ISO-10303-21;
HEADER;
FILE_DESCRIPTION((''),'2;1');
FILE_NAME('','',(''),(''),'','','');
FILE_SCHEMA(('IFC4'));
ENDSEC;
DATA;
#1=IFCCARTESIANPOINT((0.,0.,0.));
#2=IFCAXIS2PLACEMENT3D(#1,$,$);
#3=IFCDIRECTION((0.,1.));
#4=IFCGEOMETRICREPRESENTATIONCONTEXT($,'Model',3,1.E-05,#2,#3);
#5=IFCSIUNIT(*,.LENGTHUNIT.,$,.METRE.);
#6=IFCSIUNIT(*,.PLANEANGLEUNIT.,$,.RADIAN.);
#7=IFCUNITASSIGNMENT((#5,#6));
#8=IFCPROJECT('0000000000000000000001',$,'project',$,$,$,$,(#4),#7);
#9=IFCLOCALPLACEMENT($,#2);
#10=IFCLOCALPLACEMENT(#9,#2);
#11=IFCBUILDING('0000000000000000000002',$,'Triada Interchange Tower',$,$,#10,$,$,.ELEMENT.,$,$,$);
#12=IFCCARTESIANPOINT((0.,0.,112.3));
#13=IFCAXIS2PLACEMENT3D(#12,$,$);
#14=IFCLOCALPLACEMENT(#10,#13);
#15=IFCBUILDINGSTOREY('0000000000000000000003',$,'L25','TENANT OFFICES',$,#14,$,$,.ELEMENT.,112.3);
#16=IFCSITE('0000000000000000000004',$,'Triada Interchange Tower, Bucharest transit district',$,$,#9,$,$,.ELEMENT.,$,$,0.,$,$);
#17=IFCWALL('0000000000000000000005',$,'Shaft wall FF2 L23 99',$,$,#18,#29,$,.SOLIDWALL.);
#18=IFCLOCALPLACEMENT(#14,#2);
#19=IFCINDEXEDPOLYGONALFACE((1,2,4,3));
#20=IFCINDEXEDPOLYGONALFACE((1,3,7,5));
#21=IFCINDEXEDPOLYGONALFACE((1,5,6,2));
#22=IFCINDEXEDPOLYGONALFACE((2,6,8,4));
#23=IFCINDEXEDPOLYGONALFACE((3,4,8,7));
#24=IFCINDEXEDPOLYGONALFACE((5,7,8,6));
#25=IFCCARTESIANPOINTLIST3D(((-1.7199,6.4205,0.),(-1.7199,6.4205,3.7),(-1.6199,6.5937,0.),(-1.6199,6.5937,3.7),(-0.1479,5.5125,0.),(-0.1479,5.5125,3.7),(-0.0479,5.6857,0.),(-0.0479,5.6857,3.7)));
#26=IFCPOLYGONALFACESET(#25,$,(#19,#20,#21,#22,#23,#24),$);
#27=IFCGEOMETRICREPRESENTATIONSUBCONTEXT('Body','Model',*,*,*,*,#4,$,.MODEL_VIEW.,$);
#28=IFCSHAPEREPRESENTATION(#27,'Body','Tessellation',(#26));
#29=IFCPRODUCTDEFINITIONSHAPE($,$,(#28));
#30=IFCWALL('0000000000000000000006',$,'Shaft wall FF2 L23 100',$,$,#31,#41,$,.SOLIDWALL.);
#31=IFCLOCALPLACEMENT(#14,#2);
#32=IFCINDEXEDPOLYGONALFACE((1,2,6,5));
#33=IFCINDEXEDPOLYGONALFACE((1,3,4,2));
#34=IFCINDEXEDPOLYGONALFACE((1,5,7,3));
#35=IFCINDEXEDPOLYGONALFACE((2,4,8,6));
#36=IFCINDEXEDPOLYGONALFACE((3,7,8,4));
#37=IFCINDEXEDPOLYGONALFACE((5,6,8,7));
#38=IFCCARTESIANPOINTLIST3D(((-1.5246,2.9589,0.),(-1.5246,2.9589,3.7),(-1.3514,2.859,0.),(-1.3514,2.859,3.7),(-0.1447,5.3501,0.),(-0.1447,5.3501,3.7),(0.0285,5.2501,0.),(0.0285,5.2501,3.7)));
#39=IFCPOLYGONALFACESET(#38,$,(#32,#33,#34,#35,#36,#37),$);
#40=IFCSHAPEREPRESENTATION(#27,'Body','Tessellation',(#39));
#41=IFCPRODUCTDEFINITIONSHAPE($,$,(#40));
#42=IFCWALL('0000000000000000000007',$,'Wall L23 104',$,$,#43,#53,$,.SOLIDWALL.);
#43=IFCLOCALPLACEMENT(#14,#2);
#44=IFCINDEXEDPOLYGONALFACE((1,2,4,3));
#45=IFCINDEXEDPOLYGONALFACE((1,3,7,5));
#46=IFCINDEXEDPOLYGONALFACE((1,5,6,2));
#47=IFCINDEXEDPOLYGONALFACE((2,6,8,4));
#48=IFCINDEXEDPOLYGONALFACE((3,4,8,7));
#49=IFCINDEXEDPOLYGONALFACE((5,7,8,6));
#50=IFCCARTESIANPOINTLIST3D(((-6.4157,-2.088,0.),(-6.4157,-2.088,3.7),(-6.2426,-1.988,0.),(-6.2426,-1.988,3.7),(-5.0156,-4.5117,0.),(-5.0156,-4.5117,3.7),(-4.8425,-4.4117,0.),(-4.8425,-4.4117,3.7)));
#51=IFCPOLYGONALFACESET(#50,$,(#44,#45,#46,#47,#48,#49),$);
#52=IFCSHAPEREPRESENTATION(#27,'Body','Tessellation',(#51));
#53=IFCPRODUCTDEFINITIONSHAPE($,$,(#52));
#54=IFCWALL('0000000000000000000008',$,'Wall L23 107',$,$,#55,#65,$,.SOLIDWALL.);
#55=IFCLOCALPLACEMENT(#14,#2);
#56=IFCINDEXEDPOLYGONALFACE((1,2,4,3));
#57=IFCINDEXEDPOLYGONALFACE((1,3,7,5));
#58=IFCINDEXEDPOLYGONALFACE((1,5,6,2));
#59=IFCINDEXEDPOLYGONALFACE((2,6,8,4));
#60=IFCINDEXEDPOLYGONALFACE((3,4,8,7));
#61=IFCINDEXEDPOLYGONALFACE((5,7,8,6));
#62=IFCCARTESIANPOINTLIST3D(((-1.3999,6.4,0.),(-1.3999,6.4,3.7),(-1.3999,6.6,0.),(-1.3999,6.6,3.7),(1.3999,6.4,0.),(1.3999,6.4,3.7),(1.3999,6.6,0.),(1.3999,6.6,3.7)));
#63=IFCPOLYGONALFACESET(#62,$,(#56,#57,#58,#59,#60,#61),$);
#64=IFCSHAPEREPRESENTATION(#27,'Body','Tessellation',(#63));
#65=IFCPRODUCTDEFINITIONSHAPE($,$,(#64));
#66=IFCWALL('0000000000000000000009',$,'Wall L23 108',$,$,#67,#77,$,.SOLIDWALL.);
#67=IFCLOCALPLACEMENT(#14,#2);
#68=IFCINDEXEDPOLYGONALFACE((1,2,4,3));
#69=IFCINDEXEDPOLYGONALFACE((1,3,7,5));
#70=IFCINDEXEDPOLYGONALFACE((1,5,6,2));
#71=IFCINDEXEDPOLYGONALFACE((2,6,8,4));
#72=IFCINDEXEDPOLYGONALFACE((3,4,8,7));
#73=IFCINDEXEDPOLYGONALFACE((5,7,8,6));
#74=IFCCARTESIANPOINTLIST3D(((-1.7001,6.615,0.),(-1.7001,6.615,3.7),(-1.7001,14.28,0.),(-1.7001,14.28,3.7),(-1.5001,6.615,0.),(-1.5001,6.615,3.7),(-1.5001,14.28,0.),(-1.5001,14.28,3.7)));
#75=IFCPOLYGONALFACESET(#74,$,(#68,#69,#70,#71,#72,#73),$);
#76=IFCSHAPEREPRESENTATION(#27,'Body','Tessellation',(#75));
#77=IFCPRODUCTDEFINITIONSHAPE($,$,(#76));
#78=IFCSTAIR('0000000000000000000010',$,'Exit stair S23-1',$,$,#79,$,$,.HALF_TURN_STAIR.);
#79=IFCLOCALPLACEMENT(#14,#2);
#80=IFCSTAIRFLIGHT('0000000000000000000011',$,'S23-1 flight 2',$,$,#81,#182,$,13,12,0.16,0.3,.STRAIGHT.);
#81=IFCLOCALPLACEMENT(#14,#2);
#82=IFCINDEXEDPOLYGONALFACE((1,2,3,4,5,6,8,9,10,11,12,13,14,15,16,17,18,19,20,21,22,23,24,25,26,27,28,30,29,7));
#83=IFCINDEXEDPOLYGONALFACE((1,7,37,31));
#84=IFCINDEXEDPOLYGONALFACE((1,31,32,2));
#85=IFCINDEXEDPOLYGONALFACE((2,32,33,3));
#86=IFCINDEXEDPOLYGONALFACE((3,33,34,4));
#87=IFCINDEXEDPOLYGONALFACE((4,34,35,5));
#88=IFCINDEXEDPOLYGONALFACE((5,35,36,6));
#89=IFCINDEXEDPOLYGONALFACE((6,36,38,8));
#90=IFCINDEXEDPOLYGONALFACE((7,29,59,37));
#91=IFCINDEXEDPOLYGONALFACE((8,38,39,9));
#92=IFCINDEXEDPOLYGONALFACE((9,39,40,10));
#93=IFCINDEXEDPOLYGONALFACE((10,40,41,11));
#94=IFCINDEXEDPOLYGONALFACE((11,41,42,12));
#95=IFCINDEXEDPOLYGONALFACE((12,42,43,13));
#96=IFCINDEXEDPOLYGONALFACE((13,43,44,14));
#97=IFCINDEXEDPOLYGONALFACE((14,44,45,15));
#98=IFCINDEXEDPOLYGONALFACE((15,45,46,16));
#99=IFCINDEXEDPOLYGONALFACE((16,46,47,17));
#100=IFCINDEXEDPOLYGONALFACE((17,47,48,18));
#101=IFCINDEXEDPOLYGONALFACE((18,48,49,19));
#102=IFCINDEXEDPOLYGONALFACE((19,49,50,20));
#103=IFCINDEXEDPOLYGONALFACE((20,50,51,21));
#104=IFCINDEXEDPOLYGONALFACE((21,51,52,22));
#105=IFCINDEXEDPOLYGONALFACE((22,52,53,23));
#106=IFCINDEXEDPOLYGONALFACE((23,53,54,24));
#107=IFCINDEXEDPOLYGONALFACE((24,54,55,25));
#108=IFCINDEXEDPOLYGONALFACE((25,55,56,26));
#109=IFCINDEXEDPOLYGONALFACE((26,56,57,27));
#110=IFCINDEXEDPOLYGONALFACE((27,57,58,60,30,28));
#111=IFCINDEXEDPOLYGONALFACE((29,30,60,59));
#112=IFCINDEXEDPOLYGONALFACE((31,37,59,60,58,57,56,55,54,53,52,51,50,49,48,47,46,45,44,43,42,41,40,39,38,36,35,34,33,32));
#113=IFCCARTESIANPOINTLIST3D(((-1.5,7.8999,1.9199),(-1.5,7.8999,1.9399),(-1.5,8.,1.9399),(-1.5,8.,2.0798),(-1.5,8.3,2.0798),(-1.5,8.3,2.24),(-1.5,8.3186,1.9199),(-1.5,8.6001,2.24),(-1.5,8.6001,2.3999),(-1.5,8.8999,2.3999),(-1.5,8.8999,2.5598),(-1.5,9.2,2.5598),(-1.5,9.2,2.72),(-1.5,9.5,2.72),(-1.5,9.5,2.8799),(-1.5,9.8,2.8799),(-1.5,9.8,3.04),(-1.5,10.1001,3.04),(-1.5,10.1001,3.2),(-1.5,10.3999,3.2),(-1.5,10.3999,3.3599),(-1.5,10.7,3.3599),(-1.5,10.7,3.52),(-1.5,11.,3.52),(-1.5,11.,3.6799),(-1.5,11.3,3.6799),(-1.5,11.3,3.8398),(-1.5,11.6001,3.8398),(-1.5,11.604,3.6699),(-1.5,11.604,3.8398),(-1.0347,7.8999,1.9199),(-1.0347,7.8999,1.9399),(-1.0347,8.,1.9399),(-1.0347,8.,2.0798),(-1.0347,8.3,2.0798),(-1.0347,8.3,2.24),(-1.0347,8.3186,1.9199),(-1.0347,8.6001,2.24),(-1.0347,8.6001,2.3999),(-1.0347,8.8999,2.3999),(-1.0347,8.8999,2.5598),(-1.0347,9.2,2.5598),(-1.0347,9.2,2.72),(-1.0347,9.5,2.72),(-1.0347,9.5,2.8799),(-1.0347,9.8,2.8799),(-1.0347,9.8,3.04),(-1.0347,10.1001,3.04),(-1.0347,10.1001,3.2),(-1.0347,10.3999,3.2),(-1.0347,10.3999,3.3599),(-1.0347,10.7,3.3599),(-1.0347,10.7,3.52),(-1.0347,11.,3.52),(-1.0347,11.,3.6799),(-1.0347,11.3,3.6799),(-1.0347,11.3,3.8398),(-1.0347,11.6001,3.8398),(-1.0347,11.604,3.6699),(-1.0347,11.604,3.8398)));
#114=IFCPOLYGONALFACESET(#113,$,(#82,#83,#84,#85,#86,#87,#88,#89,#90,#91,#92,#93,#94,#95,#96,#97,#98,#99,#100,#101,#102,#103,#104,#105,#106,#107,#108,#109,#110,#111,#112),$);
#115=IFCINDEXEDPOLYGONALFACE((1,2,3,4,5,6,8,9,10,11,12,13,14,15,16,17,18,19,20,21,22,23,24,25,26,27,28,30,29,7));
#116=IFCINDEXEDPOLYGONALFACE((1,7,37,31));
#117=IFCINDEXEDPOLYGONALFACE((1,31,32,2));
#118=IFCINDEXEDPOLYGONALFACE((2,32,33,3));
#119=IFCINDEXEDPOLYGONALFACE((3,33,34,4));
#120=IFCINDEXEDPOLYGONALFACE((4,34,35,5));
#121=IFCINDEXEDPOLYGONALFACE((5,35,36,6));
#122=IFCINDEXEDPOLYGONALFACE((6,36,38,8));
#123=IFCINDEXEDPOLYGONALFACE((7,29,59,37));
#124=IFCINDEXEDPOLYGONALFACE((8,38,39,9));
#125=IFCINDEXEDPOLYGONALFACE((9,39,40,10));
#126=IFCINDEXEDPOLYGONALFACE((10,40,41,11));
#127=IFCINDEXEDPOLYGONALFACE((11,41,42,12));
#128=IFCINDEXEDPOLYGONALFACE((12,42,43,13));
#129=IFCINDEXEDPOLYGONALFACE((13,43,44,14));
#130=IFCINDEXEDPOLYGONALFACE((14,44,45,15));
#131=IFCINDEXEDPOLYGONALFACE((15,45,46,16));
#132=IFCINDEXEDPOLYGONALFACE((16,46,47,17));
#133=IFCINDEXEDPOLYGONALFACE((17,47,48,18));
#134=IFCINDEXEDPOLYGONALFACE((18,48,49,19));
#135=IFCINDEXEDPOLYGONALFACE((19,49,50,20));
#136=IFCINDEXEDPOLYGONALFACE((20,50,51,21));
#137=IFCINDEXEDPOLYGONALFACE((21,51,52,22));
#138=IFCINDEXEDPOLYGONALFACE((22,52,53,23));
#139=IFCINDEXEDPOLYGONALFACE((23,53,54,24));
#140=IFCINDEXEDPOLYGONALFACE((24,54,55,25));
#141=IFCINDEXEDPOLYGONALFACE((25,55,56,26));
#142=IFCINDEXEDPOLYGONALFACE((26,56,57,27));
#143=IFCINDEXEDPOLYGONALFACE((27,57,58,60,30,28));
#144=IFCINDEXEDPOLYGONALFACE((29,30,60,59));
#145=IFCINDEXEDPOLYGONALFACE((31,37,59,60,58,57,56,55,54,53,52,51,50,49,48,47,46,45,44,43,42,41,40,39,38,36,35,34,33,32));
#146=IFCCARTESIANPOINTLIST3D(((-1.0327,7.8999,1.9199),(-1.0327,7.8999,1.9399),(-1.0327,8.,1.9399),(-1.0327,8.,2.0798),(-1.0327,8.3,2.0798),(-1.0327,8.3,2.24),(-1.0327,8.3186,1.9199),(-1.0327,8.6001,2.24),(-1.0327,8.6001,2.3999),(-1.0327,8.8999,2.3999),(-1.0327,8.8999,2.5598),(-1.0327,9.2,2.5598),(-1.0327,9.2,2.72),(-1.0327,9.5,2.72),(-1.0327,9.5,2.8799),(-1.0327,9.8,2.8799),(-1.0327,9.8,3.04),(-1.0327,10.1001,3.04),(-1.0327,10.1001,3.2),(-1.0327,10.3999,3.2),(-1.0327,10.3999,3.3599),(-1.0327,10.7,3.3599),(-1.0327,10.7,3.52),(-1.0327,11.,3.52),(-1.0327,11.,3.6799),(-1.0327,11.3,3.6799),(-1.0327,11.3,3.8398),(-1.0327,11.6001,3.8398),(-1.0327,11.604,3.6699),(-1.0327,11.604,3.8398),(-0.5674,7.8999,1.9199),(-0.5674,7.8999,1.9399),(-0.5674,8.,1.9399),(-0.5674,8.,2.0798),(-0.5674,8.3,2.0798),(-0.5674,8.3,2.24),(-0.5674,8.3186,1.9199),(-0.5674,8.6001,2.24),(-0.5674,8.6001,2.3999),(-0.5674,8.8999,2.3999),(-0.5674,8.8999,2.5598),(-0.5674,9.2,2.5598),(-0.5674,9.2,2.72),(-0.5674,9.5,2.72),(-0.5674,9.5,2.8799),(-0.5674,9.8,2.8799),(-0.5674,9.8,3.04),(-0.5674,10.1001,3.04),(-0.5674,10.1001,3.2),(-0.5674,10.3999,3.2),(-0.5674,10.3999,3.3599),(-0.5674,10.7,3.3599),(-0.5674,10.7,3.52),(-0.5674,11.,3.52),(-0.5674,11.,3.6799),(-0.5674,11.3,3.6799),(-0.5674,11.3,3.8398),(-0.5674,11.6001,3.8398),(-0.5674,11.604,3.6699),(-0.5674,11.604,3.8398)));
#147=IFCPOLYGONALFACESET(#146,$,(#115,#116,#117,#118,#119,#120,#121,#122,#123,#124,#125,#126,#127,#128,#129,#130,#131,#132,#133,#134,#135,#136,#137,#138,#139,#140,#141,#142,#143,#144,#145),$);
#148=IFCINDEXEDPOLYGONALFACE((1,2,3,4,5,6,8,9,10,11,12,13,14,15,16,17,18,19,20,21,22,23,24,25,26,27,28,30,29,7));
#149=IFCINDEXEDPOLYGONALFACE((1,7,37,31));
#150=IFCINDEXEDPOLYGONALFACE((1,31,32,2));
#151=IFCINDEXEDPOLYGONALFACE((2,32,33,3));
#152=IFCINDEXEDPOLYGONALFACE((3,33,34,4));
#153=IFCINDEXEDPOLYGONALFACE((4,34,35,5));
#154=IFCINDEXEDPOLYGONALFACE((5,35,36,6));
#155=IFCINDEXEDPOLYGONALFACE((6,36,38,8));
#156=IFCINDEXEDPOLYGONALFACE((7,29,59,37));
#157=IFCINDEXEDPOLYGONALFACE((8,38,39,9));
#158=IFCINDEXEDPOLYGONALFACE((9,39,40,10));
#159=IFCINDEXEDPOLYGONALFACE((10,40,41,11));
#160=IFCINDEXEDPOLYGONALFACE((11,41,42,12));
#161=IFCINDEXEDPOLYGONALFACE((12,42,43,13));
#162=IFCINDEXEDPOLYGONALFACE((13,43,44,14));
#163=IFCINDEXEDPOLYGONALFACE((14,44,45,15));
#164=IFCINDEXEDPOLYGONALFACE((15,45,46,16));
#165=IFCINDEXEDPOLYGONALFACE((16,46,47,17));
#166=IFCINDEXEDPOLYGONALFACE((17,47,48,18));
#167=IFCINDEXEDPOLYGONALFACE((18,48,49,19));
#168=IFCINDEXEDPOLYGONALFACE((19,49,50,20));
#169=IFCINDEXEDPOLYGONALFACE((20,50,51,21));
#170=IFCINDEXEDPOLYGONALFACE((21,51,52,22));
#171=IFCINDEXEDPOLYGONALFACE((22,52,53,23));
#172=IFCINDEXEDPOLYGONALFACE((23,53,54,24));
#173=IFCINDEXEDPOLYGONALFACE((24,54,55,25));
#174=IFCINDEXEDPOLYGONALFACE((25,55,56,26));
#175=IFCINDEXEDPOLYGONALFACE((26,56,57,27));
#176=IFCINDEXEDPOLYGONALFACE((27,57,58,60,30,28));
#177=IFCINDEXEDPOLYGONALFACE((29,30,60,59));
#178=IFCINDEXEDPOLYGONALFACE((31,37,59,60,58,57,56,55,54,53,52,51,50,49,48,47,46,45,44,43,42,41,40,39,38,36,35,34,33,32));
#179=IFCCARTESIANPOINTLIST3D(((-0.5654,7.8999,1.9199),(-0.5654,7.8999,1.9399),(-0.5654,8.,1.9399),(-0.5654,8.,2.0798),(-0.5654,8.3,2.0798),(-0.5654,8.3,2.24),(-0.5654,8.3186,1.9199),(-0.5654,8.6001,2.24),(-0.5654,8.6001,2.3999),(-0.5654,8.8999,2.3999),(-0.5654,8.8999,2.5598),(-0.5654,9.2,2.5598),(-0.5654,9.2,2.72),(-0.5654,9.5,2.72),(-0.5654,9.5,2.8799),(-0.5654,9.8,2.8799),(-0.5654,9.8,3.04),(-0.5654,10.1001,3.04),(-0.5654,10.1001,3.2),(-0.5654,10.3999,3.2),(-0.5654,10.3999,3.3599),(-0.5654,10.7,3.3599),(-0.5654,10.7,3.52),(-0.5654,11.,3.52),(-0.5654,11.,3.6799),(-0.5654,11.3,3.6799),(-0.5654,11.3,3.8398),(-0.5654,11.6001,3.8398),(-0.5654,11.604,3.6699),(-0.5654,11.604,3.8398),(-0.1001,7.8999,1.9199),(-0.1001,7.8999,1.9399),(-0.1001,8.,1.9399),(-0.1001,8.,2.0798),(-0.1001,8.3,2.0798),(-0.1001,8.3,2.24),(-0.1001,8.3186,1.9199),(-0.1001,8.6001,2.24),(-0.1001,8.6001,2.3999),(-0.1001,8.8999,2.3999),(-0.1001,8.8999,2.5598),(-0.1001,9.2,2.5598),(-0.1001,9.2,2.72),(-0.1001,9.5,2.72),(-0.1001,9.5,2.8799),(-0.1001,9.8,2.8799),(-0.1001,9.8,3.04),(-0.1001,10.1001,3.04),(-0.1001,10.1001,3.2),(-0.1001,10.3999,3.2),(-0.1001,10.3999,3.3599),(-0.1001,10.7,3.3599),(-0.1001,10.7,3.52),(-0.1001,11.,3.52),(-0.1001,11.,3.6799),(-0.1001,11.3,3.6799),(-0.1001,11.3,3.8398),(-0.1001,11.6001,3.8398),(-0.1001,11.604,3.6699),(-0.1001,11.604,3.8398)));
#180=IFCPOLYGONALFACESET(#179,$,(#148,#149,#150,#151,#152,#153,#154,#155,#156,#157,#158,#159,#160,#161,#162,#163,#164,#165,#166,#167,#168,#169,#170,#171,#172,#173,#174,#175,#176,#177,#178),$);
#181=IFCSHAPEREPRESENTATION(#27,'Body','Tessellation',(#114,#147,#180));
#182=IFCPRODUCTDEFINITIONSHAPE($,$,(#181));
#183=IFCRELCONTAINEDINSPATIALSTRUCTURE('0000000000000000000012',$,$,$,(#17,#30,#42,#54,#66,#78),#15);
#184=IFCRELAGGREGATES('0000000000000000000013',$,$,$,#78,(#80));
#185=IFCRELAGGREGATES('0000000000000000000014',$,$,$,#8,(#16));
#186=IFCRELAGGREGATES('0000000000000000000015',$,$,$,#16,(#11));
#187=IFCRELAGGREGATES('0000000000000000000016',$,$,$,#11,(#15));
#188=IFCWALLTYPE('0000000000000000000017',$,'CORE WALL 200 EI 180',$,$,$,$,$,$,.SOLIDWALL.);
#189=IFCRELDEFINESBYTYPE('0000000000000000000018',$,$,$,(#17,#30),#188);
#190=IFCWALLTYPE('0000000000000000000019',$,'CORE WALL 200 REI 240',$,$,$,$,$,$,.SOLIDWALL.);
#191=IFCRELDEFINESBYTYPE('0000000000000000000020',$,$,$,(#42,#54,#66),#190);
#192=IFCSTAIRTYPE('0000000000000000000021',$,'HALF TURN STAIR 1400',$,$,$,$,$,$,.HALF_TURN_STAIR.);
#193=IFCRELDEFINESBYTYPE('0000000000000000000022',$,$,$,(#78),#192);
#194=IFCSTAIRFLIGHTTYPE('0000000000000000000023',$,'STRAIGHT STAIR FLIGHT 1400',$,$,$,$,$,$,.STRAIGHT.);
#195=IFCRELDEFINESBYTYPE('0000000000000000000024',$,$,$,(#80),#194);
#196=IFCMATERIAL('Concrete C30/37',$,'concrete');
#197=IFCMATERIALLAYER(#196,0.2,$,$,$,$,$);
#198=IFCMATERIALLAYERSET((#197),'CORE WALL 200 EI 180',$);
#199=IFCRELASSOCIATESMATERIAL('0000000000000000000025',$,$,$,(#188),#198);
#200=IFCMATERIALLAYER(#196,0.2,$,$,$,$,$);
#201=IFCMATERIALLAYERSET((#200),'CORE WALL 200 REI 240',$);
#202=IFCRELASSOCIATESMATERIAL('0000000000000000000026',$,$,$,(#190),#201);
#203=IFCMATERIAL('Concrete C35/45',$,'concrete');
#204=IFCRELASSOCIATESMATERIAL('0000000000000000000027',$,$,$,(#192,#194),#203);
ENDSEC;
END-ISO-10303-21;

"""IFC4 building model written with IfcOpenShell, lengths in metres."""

from ifc_helpers import new_model, si_unit, direction, frame, frame_2d, origin, place, context, subcontext, project, spatial, polyline, rectangle, outline, extrude, material, layer, layer_set, type_object, element, aggregate, save


model = new_model("IFC4")

# Units and contexts
model_context = context("Model", 3, precision=1e-05, world=origin(), true_north=direction((0.0, 1.0)))
body_context = subcontext(model_context, "Body", "Model", "MODEL_VIEW")
ifc_project = project(units=[si_unit("LENGTHUNIT", "METRE"), si_unit("PLANEANGLEUNIT", "RADIAN")], contexts=[model_context])

# Site, building, storey
site_placement = place(None, origin())
site = spatial("IfcSite", under=ifc_project, at=site_placement, Name="Triada Interchange Tower, Bucharest transit district", CompositionType="ELEMENT", RefElevation=0.0)
building_placement = place(site_placement, origin())
building = spatial("IfcBuilding", under=site, at=building_placement, Name="Triada Interchange Tower", CompositionType="ELEMENT")
storey_placement = place(building_placement, frame((0.0, 0.0, 112.3)))
storey = spatial("IfcBuildingStorey", under=building, at=storey_placement, Name="L25", Description="TENANT OFFICES", CompositionType="ELEMENT", Elevation=112.3)

# Shared definitions
ifc_material_1 = material(Name="Concrete C30/37", Category="concrete")
ifc_layer_1 = layer(ifc_material_1, 0.2)
ifc_layer_set_1 = layer_set([ifc_layer_1], Name="CORE WALL 200 EI 180")
wall_type_1 = type_object("IfcWallType", Name="CORE WALL 200 EI 180", PredefinedType="SOLIDWALL", material=ifc_layer_set_1)

# Walls
wall_1_placement = place(storey_placement, frame((-1.6699, 6.5071, 0.0), z_axis=(0.0, 0.0, 1.0), x_axis=(0.865941, -0.500145, 0.0)))
element("IfcWall", 1, at=wall_1_placement, inside=storey, type_object=wall_type_1, Name="Shaft wall FF2 L23 99", PredefinedType="SOLIDWALL", context=body_context, shape_type="SweptSolid", body=[
    extrude(rectangle(XDim=1.8154, YDim=0.2, at=frame_2d((0.9077, 0.0))), origin(), (0.0, 0.0, 1.0), 3.7),
])
wall_2_placement = place(storey_placement, frame((-1.438, 2.9089, 0.0), z_axis=(0.0, 0.0, 1.0), x_axis=(0.49983, 0.866124, 0.0)))
element("IfcWall", 2, at=wall_2_placement, inside=storey, type_object=wall_type_1, Name="Shaft wall FF2 L23 100", PredefinedType="SOLIDWALL", context=body_context, shape_type="SweptSolid", body=[
    extrude(rectangle(XDim=2.7607, YDim=0.2, at=frame_2d((1.3804, 0.0))), origin(), (0.0, 0.0, 1.0), 3.7),
])
ifc_layer_2 = layer(ifc_material_1, 0.2)
ifc_layer_set_2 = layer_set([ifc_layer_2], Name="CORE WALL 200 REI 240")
wall_type_2 = type_object("IfcWallType", Name="CORE WALL 200 REI 240", PredefinedType="SOLIDWALL", material=ifc_layer_set_2)
wall_3_placement = place(storey_placement, frame((-6.3291, -2.0381, 0.0), z_axis=(0.0, 0.0, 1.0), x_axis=(0.500201, -0.86591, 0.0)))
element("IfcWall", 3, at=wall_3_placement, inside=storey, type_object=wall_type_2, Name="Wall L23 104", PredefinedType="SOLIDWALL", context=body_context, shape_type="SweptSolid", body=[
    extrude(rectangle(XDim=2.7991, YDim=0.2, at=frame_2d((1.3994, 0.0))), origin(), (0.0, 0.0, 1.0), 3.7),
])
wall_4_placement = place(storey_placement, frame((-1.3999, 6.5, 0.0), z_axis=(0.0, 0.0, 1.0), x_axis=(1.0, 0.0, 0.0)))
element("IfcWall", 4, at=wall_4_placement, inside=storey, type_object=wall_type_2, Name="Wall L23 107", PredefinedType="SOLIDWALL", context=body_context, shape_type="SweptSolid", body=[
    extrude(rectangle(XDim=2.7998, YDim=0.2, at=frame_2d((1.3999, 0.0))), origin(), (0.0, 0.0, 1.0), 3.7),
])
wall_5_placement = place(storey_placement, frame((-1.6001, 6.615, 0.0), z_axis=(0.0, 0.0, 1.0), x_axis=(0.0, 1.0, 0.0)))
element("IfcWall", 5, at=wall_5_placement, inside=storey, type_object=wall_type_2, Name="Wall L23 108", PredefinedType="SOLIDWALL", context=body_context, shape_type="SweptSolid", body=[
    extrude(rectangle(XDim=7.665, YDim=0.2, at=frame_2d((3.8325, 0.0))), origin(), (0.0, 0.0, 1.0), 3.7),
])

# Stair, stair flight
ifc_material_2 = material(Name="Concrete C35/45", Category="concrete")
stair_type = type_object("IfcStairType", Name="HALF TURN STAIR 1400", PredefinedType="HALF_TURN_STAIR", material=ifc_material_2)
stair_placement = place(storey_placement, origin())
stair = element("IfcStair", 6, at=stair_placement, inside=storey, type_object=stair_type, Name="Exit stair S23-1", PredefinedType="HALF_TURN_STAIR")
stair_flight_type = type_object("IfcStairFlightType", Name="STRAIGHT STAIR FLIGHT 1400", PredefinedType="STRAIGHT", material=ifc_material_2)
stair_flight_placement = place(storey_placement, frame((-0.8, 8.0, 1.9199), z_axis=(0.0, 0.0, 1.0), x_axis=(0.0, 1.0, 0.0)))
stair_flight = element("IfcStairFlight", 7, at=stair_flight_placement, type_object=stair_flight_type, Name="S23-1 flight 2", NumberOfRisers=13, NumberOfTreads=12, PredefinedType="STRAIGHT", RiserHeight=0.16, TreadLength=0.3, context=body_context, shape_type="SweptSolid", body=[
    extrude(outline(polyline([(-0.1001, 0.0), (-0.1001, 0.02), (0.0, 0.02), (0.0, 0.1599), (0.3, 0.1599), (0.3, 0.3201), (0.6001, 0.3201), (0.6001, 0.48), (0.8999, 0.48), (0.8999, 0.6399), (1.2, 0.6399), (1.2, 0.8), (1.5, 0.8), (1.5, 0.96), (1.8, 0.96), (1.8, 1.1201), (2.1001, 1.1201), (2.1001, 1.28), (2.3999, 1.28), (2.3999, 1.4399), (2.7, 1.4399), (2.7, 1.6001), (3.0, 1.6001), (3.0, 1.76), (3.3, 1.76), (3.3, 1.9199), (3.6001, 1.9199), (3.604, 1.9199), (3.604, 2.0801), (3.604, 1.75), (0.3186, 0.0), (-0.1001, 0.0)])), frame((0.0, 0.7, 0.0), z_axis=(0.0, -1.0, 0.0), x_axis=(1.0, 0.0, 0.0)), (0.0, 0.0, 1.0), 0.4653),
    extrude(outline(polyline([(-0.1001, 0.0), (-0.1001, 0.02), (0.0, 0.02), (0.0, 0.1599), (0.3, 0.1599), (0.3, 0.3201), (0.6001, 0.3201), (0.6001, 0.48), (0.8999, 0.48), (0.8999, 0.6399), (1.2, 0.6399), (1.2, 0.8), (1.5, 0.8), (1.5, 0.96), (1.8, 0.96), (1.8, 1.1201), (2.1001, 1.1201), (2.1001, 1.28), (2.3999, 1.28), (2.3999, 1.4399), (2.7, 1.4399), (2.7, 1.6001), (3.0, 1.6001), (3.0, 1.76), (3.3, 1.76), (3.3, 1.9199), (3.6001, 1.9199), (3.604, 1.9199), (3.604, 2.0801), (3.604, 1.75), (0.3186, 0.0), (-0.1001, 0.0)])), frame((0.0, 0.2327, 0.0), z_axis=(0.0, -1.0, 0.0), x_axis=(1.0, 0.0, 0.0)), (0.0, 0.0, 1.0), 0.4653),
    extrude(outline(polyline([(-0.1001, 0.0), (-0.1001, 0.02), (0.0, 0.02), (0.0, 0.1599), (0.3, 0.1599), (0.3, 0.3201), (0.6001, 0.3201), (0.6001, 0.48), (0.8999, 0.48), (0.8999, 0.6399), (1.2, 0.6399), (1.2, 0.8), (1.5, 0.8), (1.5, 0.96), (1.8, 0.96), (1.8, 1.1201), (2.1001, 1.1201), (2.1001, 1.28), (2.3999, 1.28), (2.3999, 1.4399), (2.7, 1.4399), (2.7, 1.6001), (3.0, 1.6001), (3.0, 1.76), (3.3, 1.76), (3.3, 1.9199), (3.6001, 1.9199), (3.604, 1.9199), (3.604, 2.0801), (3.604, 1.75), (0.3186, 0.0), (-0.1001, 0.0)])), frame((0.0, -0.2346, 0.0), z_axis=(0.0, -1.0, 0.0), x_axis=(1.0, 0.0, 0.0)), (0.0, 0.0, 1.0), 0.4653),
])
aggregate(stair, [stair_flight])

save(model, "model.ifc")
